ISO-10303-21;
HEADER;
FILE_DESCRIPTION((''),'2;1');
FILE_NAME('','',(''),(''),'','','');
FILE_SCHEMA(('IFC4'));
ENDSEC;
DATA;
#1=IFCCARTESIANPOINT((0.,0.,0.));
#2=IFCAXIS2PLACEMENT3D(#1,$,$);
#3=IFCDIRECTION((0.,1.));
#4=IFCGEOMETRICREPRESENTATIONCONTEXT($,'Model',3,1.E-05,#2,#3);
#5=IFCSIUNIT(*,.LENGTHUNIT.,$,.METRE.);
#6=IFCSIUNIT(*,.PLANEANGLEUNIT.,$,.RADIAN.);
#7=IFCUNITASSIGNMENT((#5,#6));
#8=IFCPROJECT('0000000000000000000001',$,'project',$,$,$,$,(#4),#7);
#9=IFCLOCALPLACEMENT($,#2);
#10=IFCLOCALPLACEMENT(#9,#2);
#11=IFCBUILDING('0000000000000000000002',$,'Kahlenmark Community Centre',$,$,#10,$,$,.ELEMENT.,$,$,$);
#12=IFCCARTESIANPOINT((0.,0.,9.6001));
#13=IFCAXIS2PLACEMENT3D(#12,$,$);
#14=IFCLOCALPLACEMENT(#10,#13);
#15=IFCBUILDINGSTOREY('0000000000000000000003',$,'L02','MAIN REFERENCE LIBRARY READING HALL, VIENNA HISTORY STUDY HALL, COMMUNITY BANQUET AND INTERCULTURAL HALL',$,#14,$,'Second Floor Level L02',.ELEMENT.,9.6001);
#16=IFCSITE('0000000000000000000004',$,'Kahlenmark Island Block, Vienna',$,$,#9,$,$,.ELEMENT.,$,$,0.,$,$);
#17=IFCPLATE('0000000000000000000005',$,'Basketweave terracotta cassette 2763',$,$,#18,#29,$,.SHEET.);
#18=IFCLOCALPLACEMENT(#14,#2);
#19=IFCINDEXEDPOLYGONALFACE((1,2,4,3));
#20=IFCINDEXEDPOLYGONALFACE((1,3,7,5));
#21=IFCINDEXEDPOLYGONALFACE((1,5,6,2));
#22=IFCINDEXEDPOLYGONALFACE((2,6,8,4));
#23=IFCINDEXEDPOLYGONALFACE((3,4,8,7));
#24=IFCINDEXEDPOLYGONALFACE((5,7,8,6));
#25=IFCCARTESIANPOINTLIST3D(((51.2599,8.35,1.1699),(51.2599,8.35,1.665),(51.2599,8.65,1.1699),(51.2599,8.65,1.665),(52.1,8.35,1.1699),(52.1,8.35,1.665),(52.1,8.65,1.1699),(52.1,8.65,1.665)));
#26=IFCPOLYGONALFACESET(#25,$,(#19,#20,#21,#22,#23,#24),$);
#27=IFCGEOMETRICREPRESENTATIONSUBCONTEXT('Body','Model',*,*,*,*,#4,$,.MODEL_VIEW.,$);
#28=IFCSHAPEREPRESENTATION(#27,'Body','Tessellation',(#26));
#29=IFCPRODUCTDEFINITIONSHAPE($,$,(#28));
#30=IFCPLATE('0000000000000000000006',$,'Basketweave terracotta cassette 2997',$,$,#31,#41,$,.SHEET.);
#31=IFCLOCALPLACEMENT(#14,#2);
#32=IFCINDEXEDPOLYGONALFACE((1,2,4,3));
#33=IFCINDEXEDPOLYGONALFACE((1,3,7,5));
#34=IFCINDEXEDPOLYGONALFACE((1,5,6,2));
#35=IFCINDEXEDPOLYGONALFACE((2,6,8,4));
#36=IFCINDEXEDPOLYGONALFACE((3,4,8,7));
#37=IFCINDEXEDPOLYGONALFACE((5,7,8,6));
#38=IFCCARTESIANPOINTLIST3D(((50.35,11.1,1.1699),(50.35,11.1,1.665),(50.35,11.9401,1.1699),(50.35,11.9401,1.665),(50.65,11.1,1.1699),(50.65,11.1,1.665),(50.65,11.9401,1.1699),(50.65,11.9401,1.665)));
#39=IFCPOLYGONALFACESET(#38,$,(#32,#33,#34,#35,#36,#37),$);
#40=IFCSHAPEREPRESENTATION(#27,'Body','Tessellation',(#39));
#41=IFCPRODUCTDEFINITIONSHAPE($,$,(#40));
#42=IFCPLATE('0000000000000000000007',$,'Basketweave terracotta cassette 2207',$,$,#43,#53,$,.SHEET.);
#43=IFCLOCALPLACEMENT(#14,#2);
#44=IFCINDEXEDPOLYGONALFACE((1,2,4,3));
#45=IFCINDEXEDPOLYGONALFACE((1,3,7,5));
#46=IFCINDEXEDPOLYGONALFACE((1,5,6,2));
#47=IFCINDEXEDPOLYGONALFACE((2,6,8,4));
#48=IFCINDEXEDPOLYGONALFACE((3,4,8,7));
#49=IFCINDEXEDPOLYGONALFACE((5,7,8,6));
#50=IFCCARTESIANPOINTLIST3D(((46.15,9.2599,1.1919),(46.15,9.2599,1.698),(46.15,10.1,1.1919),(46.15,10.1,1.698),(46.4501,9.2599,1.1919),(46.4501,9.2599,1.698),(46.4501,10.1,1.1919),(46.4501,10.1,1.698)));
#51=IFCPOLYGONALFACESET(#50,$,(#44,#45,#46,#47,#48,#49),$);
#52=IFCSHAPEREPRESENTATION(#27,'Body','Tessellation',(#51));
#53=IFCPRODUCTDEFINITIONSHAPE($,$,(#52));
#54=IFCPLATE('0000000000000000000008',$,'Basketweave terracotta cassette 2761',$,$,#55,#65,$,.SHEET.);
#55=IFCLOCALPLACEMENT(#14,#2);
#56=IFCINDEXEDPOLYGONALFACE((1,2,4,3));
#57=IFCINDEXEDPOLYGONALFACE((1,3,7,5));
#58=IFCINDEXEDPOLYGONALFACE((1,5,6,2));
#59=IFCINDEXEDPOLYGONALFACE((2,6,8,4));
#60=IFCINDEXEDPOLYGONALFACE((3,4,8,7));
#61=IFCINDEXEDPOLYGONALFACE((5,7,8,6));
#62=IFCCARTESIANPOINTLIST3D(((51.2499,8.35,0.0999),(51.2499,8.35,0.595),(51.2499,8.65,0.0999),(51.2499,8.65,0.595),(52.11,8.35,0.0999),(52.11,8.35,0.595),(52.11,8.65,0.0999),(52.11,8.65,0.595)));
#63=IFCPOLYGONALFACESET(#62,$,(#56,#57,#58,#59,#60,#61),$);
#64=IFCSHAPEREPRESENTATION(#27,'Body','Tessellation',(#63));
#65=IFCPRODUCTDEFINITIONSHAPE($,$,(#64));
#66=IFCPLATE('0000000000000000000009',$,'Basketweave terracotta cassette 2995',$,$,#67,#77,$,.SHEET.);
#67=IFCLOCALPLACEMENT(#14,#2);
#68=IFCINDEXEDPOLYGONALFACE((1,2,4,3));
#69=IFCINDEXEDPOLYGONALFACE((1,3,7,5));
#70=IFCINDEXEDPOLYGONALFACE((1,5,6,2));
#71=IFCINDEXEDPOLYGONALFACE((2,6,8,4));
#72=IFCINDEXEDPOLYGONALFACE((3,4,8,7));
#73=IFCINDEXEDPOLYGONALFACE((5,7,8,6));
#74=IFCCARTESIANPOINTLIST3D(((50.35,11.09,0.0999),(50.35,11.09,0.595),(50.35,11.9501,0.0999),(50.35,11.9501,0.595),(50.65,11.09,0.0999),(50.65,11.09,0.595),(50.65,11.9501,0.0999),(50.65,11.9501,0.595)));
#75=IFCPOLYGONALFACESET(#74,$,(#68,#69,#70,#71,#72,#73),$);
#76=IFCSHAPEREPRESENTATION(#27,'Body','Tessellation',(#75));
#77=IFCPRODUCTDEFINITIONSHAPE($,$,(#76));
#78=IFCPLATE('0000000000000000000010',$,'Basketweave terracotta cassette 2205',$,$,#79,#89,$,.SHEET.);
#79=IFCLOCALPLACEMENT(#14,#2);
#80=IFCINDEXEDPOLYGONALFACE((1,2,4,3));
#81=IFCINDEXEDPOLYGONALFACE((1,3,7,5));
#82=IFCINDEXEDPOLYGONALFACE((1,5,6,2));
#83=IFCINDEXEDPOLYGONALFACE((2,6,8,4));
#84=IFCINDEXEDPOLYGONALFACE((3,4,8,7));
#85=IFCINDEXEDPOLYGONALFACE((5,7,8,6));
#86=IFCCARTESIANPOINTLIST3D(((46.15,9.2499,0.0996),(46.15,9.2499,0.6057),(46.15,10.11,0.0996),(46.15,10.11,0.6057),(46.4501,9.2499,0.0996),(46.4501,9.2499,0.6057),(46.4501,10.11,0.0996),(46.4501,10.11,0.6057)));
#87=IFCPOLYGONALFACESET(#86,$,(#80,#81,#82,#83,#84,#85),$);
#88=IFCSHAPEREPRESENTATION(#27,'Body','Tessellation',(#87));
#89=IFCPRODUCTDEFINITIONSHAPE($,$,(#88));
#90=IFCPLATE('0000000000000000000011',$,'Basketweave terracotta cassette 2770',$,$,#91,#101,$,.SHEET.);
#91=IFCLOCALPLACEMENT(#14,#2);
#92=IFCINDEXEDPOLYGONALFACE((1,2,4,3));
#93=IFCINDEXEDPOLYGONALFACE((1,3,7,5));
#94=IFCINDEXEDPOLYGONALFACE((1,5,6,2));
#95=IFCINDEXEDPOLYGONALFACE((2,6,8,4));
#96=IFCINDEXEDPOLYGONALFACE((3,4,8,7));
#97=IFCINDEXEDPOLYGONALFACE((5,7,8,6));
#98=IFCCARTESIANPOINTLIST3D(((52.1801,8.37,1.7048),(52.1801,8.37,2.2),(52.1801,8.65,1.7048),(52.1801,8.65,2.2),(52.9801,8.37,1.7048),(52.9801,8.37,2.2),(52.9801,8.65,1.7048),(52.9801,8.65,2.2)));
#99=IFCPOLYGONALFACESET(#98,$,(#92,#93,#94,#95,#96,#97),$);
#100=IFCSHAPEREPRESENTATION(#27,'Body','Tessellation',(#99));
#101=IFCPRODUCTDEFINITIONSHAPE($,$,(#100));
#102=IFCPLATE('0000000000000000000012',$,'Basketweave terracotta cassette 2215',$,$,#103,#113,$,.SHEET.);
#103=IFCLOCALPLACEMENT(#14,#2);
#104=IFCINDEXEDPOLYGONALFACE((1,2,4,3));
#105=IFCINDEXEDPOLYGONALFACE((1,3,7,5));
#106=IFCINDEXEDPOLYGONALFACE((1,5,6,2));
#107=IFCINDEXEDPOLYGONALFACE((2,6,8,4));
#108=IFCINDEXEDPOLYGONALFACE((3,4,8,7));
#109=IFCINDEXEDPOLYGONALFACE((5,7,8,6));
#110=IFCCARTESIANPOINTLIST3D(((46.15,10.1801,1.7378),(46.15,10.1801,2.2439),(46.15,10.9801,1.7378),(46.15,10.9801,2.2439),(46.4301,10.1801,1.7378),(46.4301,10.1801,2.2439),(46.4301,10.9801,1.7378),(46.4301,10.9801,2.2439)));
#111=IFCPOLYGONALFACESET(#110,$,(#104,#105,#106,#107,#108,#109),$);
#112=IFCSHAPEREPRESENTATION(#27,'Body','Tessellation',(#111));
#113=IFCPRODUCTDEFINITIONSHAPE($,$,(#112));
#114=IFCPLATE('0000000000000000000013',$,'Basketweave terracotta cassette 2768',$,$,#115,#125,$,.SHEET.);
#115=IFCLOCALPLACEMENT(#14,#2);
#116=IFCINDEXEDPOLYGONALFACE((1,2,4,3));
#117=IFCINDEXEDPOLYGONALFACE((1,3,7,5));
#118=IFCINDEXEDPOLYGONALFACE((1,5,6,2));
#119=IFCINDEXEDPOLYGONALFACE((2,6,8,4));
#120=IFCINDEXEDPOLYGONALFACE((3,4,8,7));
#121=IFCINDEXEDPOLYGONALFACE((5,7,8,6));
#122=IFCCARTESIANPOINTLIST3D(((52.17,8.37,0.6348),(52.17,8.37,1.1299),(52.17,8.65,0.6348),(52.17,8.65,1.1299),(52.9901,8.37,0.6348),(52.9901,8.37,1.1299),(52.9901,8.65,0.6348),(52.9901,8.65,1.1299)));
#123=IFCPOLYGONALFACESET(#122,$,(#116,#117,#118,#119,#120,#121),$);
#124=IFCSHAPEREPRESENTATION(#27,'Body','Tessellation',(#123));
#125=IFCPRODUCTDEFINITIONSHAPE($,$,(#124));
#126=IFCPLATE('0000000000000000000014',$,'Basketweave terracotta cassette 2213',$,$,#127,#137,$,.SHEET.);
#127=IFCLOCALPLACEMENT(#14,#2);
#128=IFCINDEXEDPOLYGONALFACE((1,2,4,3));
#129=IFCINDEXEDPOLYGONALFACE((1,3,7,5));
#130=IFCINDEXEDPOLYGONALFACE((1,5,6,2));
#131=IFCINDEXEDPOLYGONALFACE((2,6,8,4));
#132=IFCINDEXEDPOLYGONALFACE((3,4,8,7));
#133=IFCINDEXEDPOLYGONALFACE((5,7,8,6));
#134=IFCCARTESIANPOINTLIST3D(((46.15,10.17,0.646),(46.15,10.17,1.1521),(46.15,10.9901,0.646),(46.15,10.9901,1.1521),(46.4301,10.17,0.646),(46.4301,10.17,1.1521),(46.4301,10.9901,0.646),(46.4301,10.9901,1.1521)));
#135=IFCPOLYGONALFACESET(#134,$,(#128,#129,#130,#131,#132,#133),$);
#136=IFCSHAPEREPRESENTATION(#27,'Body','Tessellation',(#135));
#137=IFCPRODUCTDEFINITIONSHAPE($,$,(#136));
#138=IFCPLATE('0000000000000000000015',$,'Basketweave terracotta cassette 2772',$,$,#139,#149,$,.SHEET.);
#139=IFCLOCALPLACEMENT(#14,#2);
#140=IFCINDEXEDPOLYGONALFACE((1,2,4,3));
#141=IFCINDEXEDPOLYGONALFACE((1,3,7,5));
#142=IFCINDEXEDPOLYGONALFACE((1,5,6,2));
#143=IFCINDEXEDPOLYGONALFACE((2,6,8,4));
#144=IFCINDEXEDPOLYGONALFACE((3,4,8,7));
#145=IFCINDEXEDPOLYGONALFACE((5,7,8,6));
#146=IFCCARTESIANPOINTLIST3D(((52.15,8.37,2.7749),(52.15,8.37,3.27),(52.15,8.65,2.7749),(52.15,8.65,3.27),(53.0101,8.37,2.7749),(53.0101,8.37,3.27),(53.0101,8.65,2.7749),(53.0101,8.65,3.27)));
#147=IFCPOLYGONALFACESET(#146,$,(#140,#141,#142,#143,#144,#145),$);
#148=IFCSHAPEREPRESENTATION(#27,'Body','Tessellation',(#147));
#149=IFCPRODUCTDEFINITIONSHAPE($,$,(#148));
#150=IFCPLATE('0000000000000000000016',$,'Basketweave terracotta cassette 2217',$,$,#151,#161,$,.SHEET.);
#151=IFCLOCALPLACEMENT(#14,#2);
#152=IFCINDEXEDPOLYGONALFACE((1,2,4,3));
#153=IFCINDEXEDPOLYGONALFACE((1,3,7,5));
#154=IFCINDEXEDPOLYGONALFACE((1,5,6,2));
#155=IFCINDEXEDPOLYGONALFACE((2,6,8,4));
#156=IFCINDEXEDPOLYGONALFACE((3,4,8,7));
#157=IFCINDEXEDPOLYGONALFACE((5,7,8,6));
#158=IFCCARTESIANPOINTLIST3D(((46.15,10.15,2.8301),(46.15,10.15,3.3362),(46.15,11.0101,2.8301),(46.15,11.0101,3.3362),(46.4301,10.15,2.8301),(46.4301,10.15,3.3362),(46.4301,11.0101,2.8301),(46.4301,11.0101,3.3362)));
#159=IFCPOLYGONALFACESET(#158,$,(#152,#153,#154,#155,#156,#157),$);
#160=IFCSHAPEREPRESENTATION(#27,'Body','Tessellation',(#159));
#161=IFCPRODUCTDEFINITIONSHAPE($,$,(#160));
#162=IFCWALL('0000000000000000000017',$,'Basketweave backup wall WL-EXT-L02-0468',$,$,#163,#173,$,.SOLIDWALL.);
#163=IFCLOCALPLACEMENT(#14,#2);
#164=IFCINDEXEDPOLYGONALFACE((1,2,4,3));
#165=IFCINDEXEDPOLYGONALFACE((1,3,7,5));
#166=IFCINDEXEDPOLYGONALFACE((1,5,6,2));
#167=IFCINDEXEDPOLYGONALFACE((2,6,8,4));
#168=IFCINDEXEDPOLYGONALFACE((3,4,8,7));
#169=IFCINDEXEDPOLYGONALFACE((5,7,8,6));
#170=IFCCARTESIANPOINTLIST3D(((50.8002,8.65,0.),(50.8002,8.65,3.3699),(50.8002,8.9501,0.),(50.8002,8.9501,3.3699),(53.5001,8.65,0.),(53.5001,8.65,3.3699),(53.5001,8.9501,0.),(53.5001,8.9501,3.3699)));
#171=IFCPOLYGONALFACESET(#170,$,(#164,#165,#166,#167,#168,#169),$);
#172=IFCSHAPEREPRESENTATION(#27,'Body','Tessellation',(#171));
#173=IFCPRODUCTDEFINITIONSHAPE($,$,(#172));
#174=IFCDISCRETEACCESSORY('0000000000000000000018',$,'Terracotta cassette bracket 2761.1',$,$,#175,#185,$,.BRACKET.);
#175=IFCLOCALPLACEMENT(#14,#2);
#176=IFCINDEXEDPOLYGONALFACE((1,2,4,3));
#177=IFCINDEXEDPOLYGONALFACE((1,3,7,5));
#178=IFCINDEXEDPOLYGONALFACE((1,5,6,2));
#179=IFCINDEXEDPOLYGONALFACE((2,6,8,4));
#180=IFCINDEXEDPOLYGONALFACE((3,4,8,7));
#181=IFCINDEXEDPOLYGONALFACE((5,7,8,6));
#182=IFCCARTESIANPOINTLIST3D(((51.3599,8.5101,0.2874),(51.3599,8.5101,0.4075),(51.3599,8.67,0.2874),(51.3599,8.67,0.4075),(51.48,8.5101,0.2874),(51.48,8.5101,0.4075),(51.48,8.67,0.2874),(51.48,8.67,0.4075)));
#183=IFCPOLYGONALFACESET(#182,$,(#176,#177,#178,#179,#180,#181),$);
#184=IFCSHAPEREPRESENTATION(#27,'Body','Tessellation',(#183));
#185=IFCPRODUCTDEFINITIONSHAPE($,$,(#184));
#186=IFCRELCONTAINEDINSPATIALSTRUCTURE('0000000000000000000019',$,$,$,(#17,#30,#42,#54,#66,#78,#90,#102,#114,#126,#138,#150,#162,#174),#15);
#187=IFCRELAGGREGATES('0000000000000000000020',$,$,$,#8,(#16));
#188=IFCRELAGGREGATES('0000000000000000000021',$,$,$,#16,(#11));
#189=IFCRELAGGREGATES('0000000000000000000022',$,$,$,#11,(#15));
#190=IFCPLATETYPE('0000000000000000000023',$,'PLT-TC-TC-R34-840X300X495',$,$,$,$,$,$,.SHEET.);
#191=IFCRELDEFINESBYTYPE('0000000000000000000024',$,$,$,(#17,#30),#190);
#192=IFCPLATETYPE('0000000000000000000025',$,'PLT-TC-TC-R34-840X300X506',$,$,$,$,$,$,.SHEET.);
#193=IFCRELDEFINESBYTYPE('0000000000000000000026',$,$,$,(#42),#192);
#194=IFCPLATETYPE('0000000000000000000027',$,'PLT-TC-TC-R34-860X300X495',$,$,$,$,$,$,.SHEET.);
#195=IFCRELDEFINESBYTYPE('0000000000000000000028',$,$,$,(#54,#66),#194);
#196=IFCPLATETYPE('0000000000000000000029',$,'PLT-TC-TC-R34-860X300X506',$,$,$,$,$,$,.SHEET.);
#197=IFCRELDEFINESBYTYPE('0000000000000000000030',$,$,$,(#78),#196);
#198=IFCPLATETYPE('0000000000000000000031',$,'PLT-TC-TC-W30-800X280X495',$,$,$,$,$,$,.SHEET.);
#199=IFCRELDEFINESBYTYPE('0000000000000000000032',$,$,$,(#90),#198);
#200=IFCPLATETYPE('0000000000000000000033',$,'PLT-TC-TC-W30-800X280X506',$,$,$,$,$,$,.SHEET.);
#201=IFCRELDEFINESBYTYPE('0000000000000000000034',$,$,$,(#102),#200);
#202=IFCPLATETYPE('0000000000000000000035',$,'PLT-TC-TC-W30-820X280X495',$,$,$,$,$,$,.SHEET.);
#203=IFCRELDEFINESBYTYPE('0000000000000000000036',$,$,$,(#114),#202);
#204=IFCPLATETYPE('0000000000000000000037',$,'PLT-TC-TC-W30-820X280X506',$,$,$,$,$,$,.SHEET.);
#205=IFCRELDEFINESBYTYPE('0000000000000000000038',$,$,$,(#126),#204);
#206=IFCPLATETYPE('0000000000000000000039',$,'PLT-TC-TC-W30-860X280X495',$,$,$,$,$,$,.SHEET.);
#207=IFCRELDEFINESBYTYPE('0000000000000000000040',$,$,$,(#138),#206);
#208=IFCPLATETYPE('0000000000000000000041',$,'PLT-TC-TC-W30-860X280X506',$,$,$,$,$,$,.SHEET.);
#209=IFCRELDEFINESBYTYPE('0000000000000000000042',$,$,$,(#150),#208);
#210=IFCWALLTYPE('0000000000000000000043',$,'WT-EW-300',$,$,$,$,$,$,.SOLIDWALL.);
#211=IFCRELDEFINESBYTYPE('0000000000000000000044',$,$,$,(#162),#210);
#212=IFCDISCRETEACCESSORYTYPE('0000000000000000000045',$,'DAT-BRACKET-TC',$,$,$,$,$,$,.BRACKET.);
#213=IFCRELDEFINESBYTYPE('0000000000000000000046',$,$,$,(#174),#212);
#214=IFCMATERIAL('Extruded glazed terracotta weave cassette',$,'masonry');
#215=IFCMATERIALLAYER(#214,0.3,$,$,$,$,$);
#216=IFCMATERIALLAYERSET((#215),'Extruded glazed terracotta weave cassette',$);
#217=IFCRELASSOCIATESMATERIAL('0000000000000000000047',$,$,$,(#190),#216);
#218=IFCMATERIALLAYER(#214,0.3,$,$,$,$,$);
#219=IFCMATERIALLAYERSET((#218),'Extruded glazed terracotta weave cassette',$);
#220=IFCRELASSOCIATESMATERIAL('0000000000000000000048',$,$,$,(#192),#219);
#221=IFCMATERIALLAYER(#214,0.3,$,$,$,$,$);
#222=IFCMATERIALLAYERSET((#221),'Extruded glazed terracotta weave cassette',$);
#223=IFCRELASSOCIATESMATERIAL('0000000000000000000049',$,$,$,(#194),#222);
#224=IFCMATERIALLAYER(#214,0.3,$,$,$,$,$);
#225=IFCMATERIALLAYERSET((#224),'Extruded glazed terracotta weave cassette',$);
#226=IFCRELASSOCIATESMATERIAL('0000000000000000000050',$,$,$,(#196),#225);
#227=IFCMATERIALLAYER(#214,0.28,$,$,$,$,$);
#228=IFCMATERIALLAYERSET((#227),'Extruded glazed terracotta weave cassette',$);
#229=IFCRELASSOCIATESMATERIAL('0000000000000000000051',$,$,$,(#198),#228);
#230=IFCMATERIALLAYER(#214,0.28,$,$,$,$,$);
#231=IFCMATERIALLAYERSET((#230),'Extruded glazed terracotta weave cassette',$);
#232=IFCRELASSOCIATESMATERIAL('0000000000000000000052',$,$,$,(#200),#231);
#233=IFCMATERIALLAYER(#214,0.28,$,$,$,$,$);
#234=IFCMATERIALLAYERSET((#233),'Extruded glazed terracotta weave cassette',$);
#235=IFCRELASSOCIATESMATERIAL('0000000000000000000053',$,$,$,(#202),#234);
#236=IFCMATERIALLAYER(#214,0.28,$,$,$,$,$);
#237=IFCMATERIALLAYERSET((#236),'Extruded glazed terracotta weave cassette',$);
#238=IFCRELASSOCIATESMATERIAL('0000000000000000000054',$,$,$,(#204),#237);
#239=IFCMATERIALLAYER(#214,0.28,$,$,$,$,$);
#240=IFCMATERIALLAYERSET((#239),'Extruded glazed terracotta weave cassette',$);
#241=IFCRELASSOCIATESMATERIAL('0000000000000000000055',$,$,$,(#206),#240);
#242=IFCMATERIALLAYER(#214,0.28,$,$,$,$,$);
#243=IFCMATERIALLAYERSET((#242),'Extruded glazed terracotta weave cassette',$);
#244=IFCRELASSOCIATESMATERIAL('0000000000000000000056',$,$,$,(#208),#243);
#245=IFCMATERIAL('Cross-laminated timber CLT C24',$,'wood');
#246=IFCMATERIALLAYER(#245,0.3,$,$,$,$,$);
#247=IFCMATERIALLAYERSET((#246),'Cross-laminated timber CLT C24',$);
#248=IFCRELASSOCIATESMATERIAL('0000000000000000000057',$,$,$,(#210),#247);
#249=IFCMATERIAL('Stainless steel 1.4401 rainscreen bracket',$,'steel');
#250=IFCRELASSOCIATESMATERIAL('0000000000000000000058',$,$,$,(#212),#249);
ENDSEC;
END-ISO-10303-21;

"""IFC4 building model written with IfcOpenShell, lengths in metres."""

from ifc_helpers import new_model, si_unit, direction, frame, frame_2d, origin, origin_2d, place, context, subcontext, project, spatial, rectangle, extrude, material, layer, layer_set, type_object, element, save


model = new_model("IFC4")

# Units and contexts
model_context = context("Model", 3, precision=1e-05, world=origin(), true_north=direction((0.0, 1.0)))
body_context = subcontext(model_context, "Body", "Model", "MODEL_VIEW")
ifc_project = project(units=[si_unit("LENGTHUNIT", "METRE"), si_unit("PLANEANGLEUNIT", "RADIAN")], contexts=[model_context])

# Site, building, storey
site_placement = place(None, origin())
site = spatial("IfcSite", under=ifc_project, at=site_placement, Name="Kahlenmark Island Block, Vienna", CompositionType="ELEMENT", RefElevation=0.0)
building_placement = place(site_placement, origin())
building = spatial("IfcBuilding", under=site, at=building_placement, Name="Kahlenmark Community Centre", CompositionType="ELEMENT")
storey_placement = place(building_placement, frame((0.0, 0.0, 9.6001)))
storey = spatial("IfcBuildingStorey", under=building, at=storey_placement, Name="L02", Description="MAIN REFERENCE LIBRARY READING HALL, VIENNA HISTORY STUDY HALL, COMMUNITY BANQUET AND INTERCULTURAL HALL", LongName="Second Floor Level L02", CompositionType="ELEMENT", Elevation=9.6001)

# Plates
ifc_material_1 = material(Name="Extruded glazed terracotta weave cassette", Category="masonry")
ifc_layer_1 = layer(ifc_material_1, 0.3)
ifc_layer_set_1 = layer_set([ifc_layer_1], Name="Extruded glazed terracotta weave cassette")
plate_type_1 = type_object("IfcPlateType", Name="PLT-TC-TC-R34-840X300X495", PredefinedType="SHEET", material=ifc_layer_set_1)
for number, where, z_axis, x_axis, name in (
    (1, (51.6799, 8.5, 1.1699), (0.0, 0.0, 1.0), (1.0, 0.0, 0.0), "Basketweave terracotta cassette 2763"),
    (2, (50.5, 11.52, 1.1699), (0.0, 0.0, 1.0), (0.0, -1.0, 0.0), "Basketweave terracotta cassette 2997"),
):
    element("IfcPlate", number, at=place(storey_placement, frame(where, z_axis=z_axis, x_axis=x_axis)), inside=storey, type_object=plate_type_1, Name=name, PredefinedType="SHEET", context=body_context, shape_type="SweptSolid", body=[
        extrude(rectangle(XDim=0.8401, YDim=0.3, at=origin_2d()), origin(), (0.0, 0.0, 1.0), 0.4951),
    ])
ifc_layer_2 = layer(ifc_material_1, 0.3)
ifc_layer_set_2 = layer_set([ifc_layer_2], Name="Extruded glazed terracotta weave cassette")
plate_type_2 = type_object("IfcPlateType", Name="PLT-TC-TC-R34-840X300X506", PredefinedType="SHEET", material=ifc_layer_set_2)
plate_1_placement = place(storey_placement, frame((46.3, 9.6799, 1.1919), z_axis=(0.0, 0.0, 1.0), x_axis=(0.0, 1.0, 0.0)))
element("IfcPlate", 3, at=plate_1_placement, inside=storey, type_object=plate_type_2, Name="Basketweave terracotta cassette 2207", PredefinedType="SHEET", context=body_context, shape_type="SweptSolid", body=[
    extrude(rectangle(XDim=0.8401, YDim=0.3, at=origin_2d()), origin(), (0.0, 0.0, 1.0), 0.5061),
])
ifc_layer_3 = layer(ifc_material_1, 0.3)
ifc_layer_set_3 = layer_set([ifc_layer_3], Name="Extruded glazed terracotta weave cassette")
plate_type_3 = type_object("IfcPlateType", Name="PLT-TC-TC-R34-860X300X495", PredefinedType="SHEET", material=ifc_layer_set_3)
for number, where, z_axis, x_axis, name in (
    (4, (51.6799, 8.5, 0.0999), (0.0, 0.0, 1.0), (1.0, 0.0, 0.0), "Basketweave terracotta cassette 2761"),
    (5, (50.5, 11.52, 0.0999), (0.0, 0.0, 1.0), (0.0, -1.0, 0.0), "Basketweave terracotta cassette 2995"),
):
    element("IfcPlate", number, at=place(storey_placement, frame(where, z_axis=z_axis, x_axis=x_axis)), inside=storey, type_object=plate_type_3, Name=name, PredefinedType="SHEET", context=body_context, shape_type="SweptSolid", body=[
        extrude(rectangle(XDim=0.8601, YDim=0.3, at=origin_2d()), origin(), (0.0, 0.0, 1.0), 0.4951),
    ])
ifc_layer_4 = layer(ifc_material_1, 0.3)
ifc_layer_set_4 = layer_set([ifc_layer_4], Name="Extruded glazed terracotta weave cassette")
plate_type_4 = type_object("IfcPlateType", Name="PLT-TC-TC-R34-860X300X506", PredefinedType="SHEET", material=ifc_layer_set_4)
plate_2_placement = place(storey_placement, frame((46.3, 9.6799, 0.0996), z_axis=(0.0, 0.0, 1.0), x_axis=(0.0, 1.0, 0.0)))
element("IfcPlate", 6, at=plate_2_placement, inside=storey, type_object=plate_type_4, Name="Basketweave terracotta cassette 2205", PredefinedType="SHEET", context=body_context, shape_type="SweptSolid", body=[
    extrude(rectangle(XDim=0.8601, YDim=0.3, at=origin_2d()), origin(), (0.0, 0.0, 1.0), 0.5061),
])
ifc_layer_5 = layer(ifc_material_1, 0.28)
ifc_layer_set_5 = layer_set([ifc_layer_5], Name="Extruded glazed terracotta weave cassette")
plate_type_5 = type_object("IfcPlateType", Name="PLT-TC-TC-W30-800X280X495", PredefinedType="SHEET", material=ifc_layer_set_5)
plate_3_placement = place(storey_placement, frame((52.5801, 8.51, 1.7048), z_axis=(0.0, 0.0, 1.0), x_axis=(1.0, 0.0, 0.0)))
element("IfcPlate", 7, at=plate_3_placement, inside=storey, type_object=plate_type_5, Name="Basketweave terracotta cassette 2770", PredefinedType="SHEET", context=body_context, shape_type="SweptSolid", body=[
    extrude(rectangle(XDim=0.8, YDim=0.28, at=origin_2d()), origin(), (0.0, 0.0, 1.0), 0.4951),
])
ifc_layer_6 = layer(ifc_material_1, 0.28)
ifc_layer_set_6 = layer_set([ifc_layer_6], Name="Extruded glazed terracotta weave cassette")
plate_type_6 = type_object("IfcPlateType", Name="PLT-TC-TC-W30-800X280X506", PredefinedType="SHEET", material=ifc_layer_set_6)
plate_4_placement = place(storey_placement, frame((46.29, 10.5801, 1.7378), z_axis=(0.0, 0.0, 1.0), x_axis=(0.0, 1.0, 0.0)))
element("IfcPlate", 8, at=plate_4_placement, inside=storey, type_object=plate_type_6, Name="Basketweave terracotta cassette 2215", PredefinedType="SHEET", context=body_context, shape_type="SweptSolid", body=[
    extrude(rectangle(XDim=0.8, YDim=0.28, at=origin_2d()), origin(), (0.0, 0.0, 1.0), 0.5061),
])
ifc_layer_7 = layer(ifc_material_1, 0.28)
ifc_layer_set_7 = layer_set([ifc_layer_7], Name="Extruded glazed terracotta weave cassette")
plate_type_7 = type_object("IfcPlateType", Name="PLT-TC-TC-W30-820X280X495", PredefinedType="SHEET", material=ifc_layer_set_7)
plate_5_placement = place(storey_placement, frame((52.5801, 8.51, 0.6348), z_axis=(0.0, 0.0, 1.0), x_axis=(1.0, 0.0, 0.0)))
element("IfcPlate", 9, at=plate_5_placement, inside=storey, type_object=plate_type_7, Name="Basketweave terracotta cassette 2768", PredefinedType="SHEET", context=body_context, shape_type="SweptSolid", body=[
    extrude(rectangle(XDim=0.8201, YDim=0.28, at=origin_2d()), origin(), (0.0, 0.0, 1.0), 0.4951),
])
ifc_layer_8 = layer(ifc_material_1, 0.28)
ifc_layer_set_8 = layer_set([ifc_layer_8], Name="Extruded glazed terracotta weave cassette")
plate_type_8 = type_object("IfcPlateType", Name="PLT-TC-TC-W30-820X280X506", PredefinedType="SHEET", material=ifc_layer_set_8)
plate_6_placement = place(storey_placement, frame((46.29, 10.5801, 0.646), z_axis=(0.0, 0.0, 1.0), x_axis=(0.0, 1.0, 0.0)))
element("IfcPlate", 10, at=plate_6_placement, inside=storey, type_object=plate_type_8, Name="Basketweave terracotta cassette 2213", PredefinedType="SHEET", context=body_context, shape_type="SweptSolid", body=[
    extrude(rectangle(XDim=0.8201, YDim=0.28, at=origin_2d()), origin(), (0.0, 0.0, 1.0), 0.5061),
])
ifc_layer_9 = layer(ifc_material_1, 0.28)
ifc_layer_set_9 = layer_set([ifc_layer_9], Name="Extruded glazed terracotta weave cassette")
plate_type_9 = type_object("IfcPlateType", Name="PLT-TC-TC-W30-860X280X495", PredefinedType="SHEET", material=ifc_layer_set_9)
plate_7_placement = place(storey_placement, frame((52.5801, 8.51, 2.7749), z_axis=(0.0, 0.0, 1.0), x_axis=(1.0, 0.0, 0.0)))
element("IfcPlate", 11, at=plate_7_placement, inside=storey, type_object=plate_type_9, Name="Basketweave terracotta cassette 2772", PredefinedType="SHEET", context=body_context, shape_type="SweptSolid", body=[
    extrude(rectangle(XDim=0.8601, YDim=0.28, at=origin_2d()), origin(), (0.0, 0.0, 1.0), 0.4951),
])
ifc_layer_10 = layer(ifc_material_1, 0.28)
ifc_layer_set_10 = layer_set([ifc_layer_10], Name="Extruded glazed terracotta weave cassette")
plate_type_10 = type_object("IfcPlateType", Name="PLT-TC-TC-W30-860X280X506", PredefinedType="SHEET", material=ifc_layer_set_10)
plate_8_placement = place(storey_placement, frame((46.29, 10.5801, 2.8301), z_axis=(0.0, 0.0, 1.0), x_axis=(0.0, 1.0, 0.0)))
element("IfcPlate", 12, at=plate_8_placement, inside=storey, type_object=plate_type_10, Name="Basketweave terracotta cassette 2217", PredefinedType="SHEET", context=body_context, shape_type="SweptSolid", body=[
    extrude(rectangle(XDim=0.8601, YDim=0.28, at=origin_2d()), origin(), (0.0, 0.0, 1.0), 0.5061),
])

# Wall
ifc_material_2 = material(Name="Cross-laminated timber CLT C24", Category="wood")
ifc_layer_11 = layer(ifc_material_2, 0.3)
ifc_layer_set_11 = layer_set([ifc_layer_11], Name="Cross-laminated timber CLT C24")
wall_type = type_object("IfcWallType", Name="WT-EW-300", PredefinedType="SOLIDWALL", material=ifc_layer_set_11)
wall_placement = place(storey_placement, frame((50.8, 8.8, 0.0), z_axis=(0.0, 0.0, 1.0), x_axis=(1.0, 0.0, 0.0)))
element("IfcWall", 13, at=wall_placement, inside=storey, type_object=wall_type, Name="Basketweave backup wall WL-EXT-L02-0468", PredefinedType="SOLIDWALL", context=body_context, shape_type="SweptSolid", body=[
    extrude(rectangle(XDim=2.7, YDim=0.3, at=frame_2d((1.3501, 0.0))), origin(), (0.0, 0.0, 1.0), 3.3699),
])

# Discrete accessory
ifc_material_3 = material(Name="Stainless steel 1.4401 rainscreen bracket", Category="steel")
discrete_accessory_type = type_object("IfcDiscreteAccessoryType", Name="DAT-BRACKET-TC", PredefinedType="BRACKET", material=ifc_material_3)
for number, where, z_axis, x_axis, name in (
    (14, (51.4199, 8.5901, 0.2874), (0.0, 0.0, 1.0), (1.0, 0.0, 0.0), "Terracotta cassette bracket 2761.1"),
):
    element("IfcDiscreteAccessory", number, at=place(storey_placement, frame(where, z_axis=z_axis, x_axis=x_axis)), inside=storey, type_object=discrete_accessory_type, Name=name, PredefinedType="BRACKET", context=body_context, shape_type="SweptSolid", body=[
        extrude(rectangle(XDim=0.1201, YDim=0.1599, at=origin_2d()), origin(), (0.0, 0.0, 1.0), 0.1201),
    ])

save(model, "model.ifc")
